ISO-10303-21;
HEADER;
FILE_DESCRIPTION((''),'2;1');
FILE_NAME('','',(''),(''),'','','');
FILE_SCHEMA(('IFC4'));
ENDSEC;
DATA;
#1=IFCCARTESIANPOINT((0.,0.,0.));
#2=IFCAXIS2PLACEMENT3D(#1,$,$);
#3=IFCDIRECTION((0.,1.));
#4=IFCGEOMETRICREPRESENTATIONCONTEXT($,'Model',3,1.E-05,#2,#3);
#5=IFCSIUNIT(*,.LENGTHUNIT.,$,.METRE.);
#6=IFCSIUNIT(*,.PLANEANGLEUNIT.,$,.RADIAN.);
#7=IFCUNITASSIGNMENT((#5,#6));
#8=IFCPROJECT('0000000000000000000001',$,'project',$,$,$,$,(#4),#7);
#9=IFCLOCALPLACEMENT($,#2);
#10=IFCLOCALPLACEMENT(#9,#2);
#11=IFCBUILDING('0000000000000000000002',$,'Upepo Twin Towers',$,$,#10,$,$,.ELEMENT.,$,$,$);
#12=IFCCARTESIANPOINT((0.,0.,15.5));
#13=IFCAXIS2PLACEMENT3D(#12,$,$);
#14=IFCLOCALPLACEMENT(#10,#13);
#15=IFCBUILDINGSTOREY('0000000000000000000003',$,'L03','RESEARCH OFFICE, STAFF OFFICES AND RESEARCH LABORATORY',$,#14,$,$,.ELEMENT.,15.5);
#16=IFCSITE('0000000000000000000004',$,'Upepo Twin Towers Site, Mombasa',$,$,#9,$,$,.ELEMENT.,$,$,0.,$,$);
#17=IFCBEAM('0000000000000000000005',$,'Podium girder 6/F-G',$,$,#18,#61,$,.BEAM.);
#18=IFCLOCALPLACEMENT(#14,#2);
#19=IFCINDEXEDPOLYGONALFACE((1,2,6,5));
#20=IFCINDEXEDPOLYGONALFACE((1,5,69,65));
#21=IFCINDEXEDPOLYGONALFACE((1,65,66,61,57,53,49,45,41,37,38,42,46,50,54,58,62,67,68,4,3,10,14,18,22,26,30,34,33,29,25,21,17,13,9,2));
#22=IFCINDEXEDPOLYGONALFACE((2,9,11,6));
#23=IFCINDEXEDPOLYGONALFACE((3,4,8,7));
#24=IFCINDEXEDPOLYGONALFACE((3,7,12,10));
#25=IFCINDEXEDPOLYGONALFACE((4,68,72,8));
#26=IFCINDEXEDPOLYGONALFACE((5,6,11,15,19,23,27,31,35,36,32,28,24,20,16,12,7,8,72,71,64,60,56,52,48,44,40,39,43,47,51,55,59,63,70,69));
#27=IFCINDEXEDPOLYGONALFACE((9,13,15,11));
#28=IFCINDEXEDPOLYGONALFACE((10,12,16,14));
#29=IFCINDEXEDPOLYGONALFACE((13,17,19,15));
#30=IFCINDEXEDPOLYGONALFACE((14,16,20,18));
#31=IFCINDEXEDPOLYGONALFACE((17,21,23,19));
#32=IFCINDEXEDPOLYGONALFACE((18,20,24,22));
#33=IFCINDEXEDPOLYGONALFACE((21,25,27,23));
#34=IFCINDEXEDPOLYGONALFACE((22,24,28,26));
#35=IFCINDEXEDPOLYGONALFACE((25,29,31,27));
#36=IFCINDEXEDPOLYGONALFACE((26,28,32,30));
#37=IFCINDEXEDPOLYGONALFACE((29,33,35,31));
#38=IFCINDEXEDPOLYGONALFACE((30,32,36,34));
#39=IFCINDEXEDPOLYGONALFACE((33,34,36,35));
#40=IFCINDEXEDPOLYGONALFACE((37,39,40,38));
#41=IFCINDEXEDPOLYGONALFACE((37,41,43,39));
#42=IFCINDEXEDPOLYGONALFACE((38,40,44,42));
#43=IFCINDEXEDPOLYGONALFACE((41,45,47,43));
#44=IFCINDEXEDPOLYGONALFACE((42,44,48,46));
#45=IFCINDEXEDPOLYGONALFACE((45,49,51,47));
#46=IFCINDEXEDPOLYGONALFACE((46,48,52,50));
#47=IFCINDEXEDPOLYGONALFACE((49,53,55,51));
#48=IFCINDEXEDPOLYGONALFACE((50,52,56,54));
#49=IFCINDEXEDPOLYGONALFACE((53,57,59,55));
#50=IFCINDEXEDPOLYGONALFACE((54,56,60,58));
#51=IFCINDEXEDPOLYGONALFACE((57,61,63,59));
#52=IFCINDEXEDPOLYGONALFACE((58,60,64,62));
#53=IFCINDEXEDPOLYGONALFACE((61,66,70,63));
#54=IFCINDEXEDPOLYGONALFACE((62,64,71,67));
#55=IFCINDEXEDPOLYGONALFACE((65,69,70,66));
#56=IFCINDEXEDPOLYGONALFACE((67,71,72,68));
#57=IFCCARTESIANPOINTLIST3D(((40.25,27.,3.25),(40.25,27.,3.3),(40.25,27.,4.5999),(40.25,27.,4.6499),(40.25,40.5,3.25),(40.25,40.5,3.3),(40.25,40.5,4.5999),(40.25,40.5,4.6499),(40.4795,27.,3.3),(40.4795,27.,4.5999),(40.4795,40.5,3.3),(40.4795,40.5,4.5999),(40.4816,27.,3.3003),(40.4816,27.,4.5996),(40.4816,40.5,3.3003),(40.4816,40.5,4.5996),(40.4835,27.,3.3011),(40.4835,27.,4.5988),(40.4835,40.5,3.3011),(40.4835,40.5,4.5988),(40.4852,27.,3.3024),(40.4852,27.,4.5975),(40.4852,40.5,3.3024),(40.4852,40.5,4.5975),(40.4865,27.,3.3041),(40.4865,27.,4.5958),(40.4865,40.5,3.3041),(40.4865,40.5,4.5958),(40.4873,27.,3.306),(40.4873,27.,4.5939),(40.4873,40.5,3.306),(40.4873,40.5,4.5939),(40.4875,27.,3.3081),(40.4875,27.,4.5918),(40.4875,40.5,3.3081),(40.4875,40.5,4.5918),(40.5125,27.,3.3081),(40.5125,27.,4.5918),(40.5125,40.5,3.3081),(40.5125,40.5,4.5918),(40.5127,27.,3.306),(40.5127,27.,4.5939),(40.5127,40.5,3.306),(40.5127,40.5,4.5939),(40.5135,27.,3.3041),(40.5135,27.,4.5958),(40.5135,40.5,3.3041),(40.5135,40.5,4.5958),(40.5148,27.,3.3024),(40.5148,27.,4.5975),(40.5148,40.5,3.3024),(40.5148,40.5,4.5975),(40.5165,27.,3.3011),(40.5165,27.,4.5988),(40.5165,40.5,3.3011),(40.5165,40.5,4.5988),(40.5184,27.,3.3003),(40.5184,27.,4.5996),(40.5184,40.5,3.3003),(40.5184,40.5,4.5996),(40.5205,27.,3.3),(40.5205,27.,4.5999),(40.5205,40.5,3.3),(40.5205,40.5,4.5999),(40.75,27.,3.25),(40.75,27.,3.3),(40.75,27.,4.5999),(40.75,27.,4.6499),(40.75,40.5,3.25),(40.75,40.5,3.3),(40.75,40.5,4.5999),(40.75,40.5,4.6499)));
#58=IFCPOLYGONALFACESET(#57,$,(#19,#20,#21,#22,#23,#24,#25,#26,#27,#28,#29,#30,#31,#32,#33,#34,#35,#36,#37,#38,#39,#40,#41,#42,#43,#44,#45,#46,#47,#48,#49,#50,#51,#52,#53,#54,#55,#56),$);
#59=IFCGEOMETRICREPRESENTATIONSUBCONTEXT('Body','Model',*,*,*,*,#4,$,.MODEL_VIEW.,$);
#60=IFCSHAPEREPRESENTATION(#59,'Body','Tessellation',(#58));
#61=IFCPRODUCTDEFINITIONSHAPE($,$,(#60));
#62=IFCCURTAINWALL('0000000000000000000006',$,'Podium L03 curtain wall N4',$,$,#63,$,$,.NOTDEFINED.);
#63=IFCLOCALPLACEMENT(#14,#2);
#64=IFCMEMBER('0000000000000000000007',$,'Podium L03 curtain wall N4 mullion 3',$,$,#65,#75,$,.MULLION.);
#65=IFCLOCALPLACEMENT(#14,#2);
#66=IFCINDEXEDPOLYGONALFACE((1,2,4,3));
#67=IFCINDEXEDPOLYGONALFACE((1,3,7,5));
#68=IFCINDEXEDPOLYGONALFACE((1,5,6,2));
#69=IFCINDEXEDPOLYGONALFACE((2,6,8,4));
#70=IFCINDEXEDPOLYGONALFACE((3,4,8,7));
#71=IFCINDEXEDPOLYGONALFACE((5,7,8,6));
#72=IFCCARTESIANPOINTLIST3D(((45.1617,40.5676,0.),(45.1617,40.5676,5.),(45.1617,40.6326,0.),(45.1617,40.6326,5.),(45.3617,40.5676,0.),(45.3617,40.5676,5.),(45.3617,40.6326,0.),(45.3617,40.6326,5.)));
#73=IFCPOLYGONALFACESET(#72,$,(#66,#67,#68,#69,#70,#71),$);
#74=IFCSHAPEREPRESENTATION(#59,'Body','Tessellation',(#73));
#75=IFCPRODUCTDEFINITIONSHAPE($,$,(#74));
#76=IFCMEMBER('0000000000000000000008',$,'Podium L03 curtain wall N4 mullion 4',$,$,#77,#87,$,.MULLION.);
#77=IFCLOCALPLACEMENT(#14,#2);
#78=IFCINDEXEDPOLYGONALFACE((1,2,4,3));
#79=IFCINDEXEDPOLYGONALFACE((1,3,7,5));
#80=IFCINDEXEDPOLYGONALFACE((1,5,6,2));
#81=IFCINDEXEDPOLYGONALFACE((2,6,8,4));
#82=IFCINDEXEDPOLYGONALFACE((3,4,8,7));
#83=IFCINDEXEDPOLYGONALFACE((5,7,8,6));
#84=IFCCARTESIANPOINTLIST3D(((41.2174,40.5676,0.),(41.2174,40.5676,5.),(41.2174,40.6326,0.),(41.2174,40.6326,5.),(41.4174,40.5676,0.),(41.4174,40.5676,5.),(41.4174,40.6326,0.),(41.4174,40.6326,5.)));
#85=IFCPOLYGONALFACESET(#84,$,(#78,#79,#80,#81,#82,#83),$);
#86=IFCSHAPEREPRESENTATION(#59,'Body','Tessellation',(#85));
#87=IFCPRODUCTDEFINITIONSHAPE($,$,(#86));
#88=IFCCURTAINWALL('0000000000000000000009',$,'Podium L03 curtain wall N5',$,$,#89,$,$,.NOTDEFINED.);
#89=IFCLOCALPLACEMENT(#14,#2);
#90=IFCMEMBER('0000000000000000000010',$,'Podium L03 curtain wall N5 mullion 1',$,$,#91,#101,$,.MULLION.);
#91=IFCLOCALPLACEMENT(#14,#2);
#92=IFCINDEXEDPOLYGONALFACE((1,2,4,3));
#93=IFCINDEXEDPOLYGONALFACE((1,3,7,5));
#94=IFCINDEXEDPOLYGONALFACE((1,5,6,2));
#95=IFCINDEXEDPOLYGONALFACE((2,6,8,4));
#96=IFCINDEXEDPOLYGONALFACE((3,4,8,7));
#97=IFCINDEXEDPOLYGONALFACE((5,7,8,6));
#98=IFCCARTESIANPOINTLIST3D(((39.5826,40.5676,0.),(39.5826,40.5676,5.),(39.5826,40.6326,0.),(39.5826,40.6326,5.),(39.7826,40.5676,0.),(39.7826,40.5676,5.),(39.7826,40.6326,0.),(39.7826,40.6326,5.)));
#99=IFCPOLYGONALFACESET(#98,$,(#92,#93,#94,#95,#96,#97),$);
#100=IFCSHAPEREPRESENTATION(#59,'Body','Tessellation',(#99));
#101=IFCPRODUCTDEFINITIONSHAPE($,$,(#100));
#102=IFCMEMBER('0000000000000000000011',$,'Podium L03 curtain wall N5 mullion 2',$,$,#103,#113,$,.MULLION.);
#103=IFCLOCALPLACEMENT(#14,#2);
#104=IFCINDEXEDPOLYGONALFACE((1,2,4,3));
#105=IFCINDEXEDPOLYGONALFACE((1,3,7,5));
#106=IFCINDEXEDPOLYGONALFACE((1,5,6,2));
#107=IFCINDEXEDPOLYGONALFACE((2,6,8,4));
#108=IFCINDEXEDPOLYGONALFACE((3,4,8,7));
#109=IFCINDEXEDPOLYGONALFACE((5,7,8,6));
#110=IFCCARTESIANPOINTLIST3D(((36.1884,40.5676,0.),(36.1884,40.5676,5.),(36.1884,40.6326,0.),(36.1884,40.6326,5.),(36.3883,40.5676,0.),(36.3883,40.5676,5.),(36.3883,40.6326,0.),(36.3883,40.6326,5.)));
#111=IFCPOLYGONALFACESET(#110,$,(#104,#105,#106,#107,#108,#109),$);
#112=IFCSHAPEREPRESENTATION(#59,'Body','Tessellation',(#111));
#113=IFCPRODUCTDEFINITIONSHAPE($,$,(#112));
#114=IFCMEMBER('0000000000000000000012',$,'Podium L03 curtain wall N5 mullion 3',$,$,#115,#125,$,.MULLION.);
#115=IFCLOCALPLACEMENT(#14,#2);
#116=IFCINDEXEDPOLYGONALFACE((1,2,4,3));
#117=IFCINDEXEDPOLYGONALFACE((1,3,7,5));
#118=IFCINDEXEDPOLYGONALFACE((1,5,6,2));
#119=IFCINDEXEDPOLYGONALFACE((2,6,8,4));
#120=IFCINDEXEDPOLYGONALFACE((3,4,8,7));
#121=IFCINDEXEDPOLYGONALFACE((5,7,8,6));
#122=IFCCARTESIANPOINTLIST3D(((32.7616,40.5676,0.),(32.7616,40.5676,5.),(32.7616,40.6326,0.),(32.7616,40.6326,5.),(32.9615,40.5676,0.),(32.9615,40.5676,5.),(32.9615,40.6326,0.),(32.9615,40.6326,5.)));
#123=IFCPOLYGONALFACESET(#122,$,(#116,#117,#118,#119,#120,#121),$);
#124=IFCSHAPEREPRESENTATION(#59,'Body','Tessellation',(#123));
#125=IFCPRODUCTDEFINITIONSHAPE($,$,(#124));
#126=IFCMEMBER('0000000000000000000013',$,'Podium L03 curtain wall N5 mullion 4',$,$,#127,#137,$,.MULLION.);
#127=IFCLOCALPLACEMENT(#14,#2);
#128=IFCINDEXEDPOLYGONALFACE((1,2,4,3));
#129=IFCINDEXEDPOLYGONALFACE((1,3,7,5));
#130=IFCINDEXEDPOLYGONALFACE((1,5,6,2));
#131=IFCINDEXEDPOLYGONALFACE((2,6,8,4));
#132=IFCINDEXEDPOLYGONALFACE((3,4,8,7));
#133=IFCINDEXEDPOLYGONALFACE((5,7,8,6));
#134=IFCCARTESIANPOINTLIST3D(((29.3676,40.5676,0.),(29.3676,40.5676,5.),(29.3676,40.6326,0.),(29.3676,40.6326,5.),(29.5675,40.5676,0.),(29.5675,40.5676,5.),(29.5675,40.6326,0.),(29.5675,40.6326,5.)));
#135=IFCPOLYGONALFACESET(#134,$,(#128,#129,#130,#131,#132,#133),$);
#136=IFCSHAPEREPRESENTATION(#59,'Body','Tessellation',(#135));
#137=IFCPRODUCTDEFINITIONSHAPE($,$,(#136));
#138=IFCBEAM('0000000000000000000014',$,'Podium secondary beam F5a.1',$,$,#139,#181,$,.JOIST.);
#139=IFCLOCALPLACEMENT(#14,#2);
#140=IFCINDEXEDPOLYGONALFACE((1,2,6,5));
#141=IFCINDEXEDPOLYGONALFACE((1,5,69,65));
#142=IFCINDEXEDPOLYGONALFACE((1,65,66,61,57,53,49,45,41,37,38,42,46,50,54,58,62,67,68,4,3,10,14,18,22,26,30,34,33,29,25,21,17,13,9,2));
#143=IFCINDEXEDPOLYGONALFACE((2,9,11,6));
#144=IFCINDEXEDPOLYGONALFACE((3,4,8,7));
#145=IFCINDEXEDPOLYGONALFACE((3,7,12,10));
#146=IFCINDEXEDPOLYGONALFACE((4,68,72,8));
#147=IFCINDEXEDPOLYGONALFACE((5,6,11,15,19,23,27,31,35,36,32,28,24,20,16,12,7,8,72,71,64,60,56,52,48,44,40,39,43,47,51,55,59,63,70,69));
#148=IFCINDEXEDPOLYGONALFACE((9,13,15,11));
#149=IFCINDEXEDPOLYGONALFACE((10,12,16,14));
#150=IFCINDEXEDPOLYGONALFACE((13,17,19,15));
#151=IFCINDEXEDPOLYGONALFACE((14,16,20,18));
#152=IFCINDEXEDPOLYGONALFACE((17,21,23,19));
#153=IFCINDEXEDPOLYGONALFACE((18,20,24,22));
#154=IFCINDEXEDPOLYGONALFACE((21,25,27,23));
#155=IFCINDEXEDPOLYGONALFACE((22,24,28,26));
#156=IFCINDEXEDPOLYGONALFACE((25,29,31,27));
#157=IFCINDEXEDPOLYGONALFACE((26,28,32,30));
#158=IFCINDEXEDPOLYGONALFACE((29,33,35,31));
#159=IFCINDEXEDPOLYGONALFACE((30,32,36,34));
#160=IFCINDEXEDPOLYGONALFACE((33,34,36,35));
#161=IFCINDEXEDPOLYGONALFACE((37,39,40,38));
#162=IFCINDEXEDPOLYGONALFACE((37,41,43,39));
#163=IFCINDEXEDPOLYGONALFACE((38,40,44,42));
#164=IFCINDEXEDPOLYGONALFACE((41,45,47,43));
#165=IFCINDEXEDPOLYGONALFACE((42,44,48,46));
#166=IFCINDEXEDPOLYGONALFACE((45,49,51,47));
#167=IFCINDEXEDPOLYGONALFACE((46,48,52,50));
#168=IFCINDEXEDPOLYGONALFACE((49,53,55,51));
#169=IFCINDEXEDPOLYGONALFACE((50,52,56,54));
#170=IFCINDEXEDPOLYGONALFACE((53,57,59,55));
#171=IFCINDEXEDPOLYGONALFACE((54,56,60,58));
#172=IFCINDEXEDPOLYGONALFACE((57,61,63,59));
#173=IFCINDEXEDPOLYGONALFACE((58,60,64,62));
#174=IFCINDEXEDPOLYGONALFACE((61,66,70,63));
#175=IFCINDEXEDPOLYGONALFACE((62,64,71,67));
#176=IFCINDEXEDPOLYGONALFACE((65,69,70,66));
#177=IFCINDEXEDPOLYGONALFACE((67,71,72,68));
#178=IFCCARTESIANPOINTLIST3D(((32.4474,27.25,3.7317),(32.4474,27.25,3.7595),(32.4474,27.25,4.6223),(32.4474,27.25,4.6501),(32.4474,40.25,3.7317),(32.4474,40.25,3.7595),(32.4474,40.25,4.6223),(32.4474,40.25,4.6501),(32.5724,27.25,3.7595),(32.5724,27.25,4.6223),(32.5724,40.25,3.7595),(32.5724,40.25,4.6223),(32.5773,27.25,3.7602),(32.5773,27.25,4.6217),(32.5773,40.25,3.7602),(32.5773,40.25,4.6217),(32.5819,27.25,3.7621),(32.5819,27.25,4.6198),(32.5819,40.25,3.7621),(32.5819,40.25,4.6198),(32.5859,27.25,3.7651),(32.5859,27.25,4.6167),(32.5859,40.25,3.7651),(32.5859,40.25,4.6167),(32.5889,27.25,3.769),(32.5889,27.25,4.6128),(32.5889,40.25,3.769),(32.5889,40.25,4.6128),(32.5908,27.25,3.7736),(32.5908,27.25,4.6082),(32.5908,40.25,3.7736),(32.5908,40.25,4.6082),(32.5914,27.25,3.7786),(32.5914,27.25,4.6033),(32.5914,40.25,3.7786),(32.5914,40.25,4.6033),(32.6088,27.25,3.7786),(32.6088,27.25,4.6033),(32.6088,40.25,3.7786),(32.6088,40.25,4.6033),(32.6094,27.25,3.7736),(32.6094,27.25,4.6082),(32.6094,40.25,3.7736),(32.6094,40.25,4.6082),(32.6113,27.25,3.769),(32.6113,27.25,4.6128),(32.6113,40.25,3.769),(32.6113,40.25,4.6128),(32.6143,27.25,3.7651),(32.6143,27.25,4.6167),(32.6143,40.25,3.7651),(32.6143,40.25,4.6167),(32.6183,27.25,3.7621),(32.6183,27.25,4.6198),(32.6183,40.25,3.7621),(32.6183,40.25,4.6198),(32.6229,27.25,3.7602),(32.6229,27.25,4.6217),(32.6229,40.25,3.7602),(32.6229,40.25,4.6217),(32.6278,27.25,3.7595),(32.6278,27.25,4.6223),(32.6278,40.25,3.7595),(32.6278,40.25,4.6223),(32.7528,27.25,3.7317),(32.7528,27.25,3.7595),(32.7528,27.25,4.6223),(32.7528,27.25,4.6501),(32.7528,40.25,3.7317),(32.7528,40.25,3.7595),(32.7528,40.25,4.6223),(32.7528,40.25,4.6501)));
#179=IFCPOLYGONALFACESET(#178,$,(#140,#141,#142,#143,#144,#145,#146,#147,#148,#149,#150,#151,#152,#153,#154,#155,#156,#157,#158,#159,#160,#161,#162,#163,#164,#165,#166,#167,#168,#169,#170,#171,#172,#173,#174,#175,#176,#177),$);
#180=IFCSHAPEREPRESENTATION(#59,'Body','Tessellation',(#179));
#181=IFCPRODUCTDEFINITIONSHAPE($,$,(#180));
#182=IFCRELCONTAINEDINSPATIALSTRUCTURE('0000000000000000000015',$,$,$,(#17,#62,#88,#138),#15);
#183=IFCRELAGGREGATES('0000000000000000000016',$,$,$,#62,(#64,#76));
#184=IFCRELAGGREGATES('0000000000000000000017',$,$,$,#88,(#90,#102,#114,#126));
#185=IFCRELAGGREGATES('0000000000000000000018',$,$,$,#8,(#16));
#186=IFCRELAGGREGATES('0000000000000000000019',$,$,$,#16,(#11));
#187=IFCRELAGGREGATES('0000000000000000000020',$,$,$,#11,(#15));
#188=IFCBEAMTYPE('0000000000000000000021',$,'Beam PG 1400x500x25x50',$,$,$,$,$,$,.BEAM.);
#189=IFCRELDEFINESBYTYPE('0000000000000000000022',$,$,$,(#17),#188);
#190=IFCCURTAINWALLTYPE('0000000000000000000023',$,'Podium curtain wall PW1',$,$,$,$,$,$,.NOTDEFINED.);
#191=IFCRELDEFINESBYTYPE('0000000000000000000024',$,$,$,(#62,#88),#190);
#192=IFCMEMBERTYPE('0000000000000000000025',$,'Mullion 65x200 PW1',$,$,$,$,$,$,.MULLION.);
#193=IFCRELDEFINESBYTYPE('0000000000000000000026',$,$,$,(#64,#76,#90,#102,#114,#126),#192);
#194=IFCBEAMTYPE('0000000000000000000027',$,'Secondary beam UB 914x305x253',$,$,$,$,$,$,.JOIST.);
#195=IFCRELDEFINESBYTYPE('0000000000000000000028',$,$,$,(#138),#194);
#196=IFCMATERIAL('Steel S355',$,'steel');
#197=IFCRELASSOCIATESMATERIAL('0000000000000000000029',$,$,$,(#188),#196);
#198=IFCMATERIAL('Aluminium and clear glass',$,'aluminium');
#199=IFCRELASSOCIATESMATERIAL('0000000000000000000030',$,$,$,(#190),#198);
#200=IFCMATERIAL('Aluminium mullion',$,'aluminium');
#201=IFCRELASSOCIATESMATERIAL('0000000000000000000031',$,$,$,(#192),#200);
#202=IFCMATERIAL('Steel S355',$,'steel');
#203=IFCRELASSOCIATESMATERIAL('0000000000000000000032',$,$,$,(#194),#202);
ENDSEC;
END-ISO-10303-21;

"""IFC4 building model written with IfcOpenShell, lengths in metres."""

from ifc_helpers import new_model, si_unit, direction, frame, origin, origin_2d, place, context, subcontext, project, spatial, rectangle, i_section, extrude, material, material_profile, profile_set, type_object, element, aggregate, save


model = new_model("IFC4")

# Units and contexts
model_context = context("Model", 3, precision=1e-05, world=origin(), true_north=direction((0.0, 1.0)))
body_context = subcontext(model_context, "Body", "Model", "MODEL_VIEW")
ifc_project = project(units=[si_unit("LENGTHUNIT", "METRE"), si_unit("PLANEANGLEUNIT", "RADIAN")], contexts=[model_context])

# Site, building, storey
site_placement = place(None, origin())
site = spatial("IfcSite", under=ifc_project, at=site_placement, Name="Upepo Twin Towers Site, Mombasa", CompositionType="ELEMENT", RefElevation=0.0)
building_placement = place(site_placement, origin())
building = spatial("IfcBuilding", under=site, at=building_placement, Name="Upepo Twin Towers", CompositionType="ELEMENT")
storey_placement = place(building_placement, frame((0.0, 0.0, 15.5)))
storey = spatial("IfcBuildingStorey", under=building, at=storey_placement, Name="L03", Description="RESEARCH OFFICE, STAFF OFFICES AND RESEARCH LABORATORY", CompositionType="ELEMENT", Elevation=15.5)

# Beam
ifc_material_1 = material(Name="Steel S355", Category="steel")
ifc_material_profile_1 = material_profile(ifc_material_1, i_section(OverallWidth=0.5, OverallDepth=1.3999, WebThickness=0.0249, FlangeThickness=0.05, FilletRadius=0.0081, at=origin_2d()), Name="PG 1400x500x25x50")
ifc_profile_set_1 = profile_set([ifc_material_profile_1], Name="Steel S355")
beam_type_1 = type_object("IfcBeamType", Name="Beam PG 1400x500x25x50", PredefinedType="BEAM", material=ifc_profile_set_1)
for number, where, z_axis, x_axis, name in (
    (1, (40.5, 27.0, 3.95), (0.0, 1.0, 0.0), (-1.0, 0.0, 0.0), "Podium girder 6/F-G"),
):
    element("IfcBeam", number, at=place(storey_placement, frame(where, z_axis=z_axis, x_axis=x_axis)), inside=storey, type_object=beam_type_1, Name=name, PredefinedType="BEAM", context=body_context, shape_type="SweptSolid", body=[
        extrude(i_section(OverallWidth=0.5, OverallDepth=1.3999, WebThickness=0.0249, FlangeThickness=0.05, FilletRadius=0.0081, at=origin_2d()), origin(), (0.0, 0.0, 1.0), 13.5),
    ])

# Curtain walls, members
ifc_material_2 = material(Name="Aluminium and clear glass", Category="aluminium")
curtain_wall_type = type_object("IfcCurtainWallType", Name="Podium curtain wall PW1", PredefinedType="NOTDEFINED", material=ifc_material_2)
curtain_wall_1_placement = place(storey_placement, origin())
curtain_wall_1 = element("IfcCurtainWall", 2, at=curtain_wall_1_placement, inside=storey, type_object=curtain_wall_type, Name="Podium L03 curtain wall N4", PredefinedType="NOTDEFINED")
ifc_material_3 = material(Name="Aluminium mullion", Category="aluminium")
ifc_material_profile_2 = material_profile(ifc_material_3, rectangle(XDim=0.0649, YDim=0.2, at=origin_2d()), Name="MULLION 65x200 PODIUM")
ifc_profile_set_2 = profile_set([ifc_material_profile_2], Name="Aluminium mullion")
member_type_1 = type_object("IfcMemberType", Name="Mullion 65x200 PW1", PredefinedType="MULLION", material=ifc_profile_set_2)
member_1_placement = place(storey_placement, frame((45.2617, 40.6001, 0.0), z_axis=(0.0, 0.0, 1.0), x_axis=(0.0, -1.0, 0.0)))
member_1 = element("IfcMember", 3, at=member_1_placement, type_object=member_type_1, Name="Podium L03 curtain wall N4 mullion 3", PredefinedType="MULLION", context=body_context, shape_type="SweptSolid", body=[
    extrude(rectangle(XDim=0.0649, YDim=0.2, at=origin_2d()), origin(), (0.0, 0.0, 1.0), 5.0),
])
member_2_placement = place(storey_placement, frame((41.3174, 40.6001, 0.0), z_axis=(0.0, 0.0, 1.0), x_axis=(0.0, -1.0, 0.0)))
member_2 = element("IfcMember", 4, at=member_2_placement, type_object=member_type_1, Name="Podium L03 curtain wall N4 mullion 4", PredefinedType="MULLION", context=body_context, shape_type="SweptSolid", body=[
    extrude(rectangle(XDim=0.0649, YDim=0.2, at=origin_2d()), origin(), (0.0, 0.0, 1.0), 5.0),
])
curtain_wall_2_placement = place(storey_placement, origin())
curtain_wall_2 = element("IfcCurtainWall", 5, at=curtain_wall_2_placement, inside=storey, type_object=curtain_wall_type, Name="Podium L03 curtain wall N5", PredefinedType="NOTDEFINED")
member_3_placement = place(storey_placement, frame((39.6826, 40.6001, 0.0), z_axis=(0.0, 0.0, 1.0), x_axis=(0.0, -1.0, 0.0)))
member_3 = element("IfcMember", 6, at=member_3_placement, type_object=member_type_1, Name="Podium L03 curtain wall N5 mullion 1", PredefinedType="MULLION", context=body_context, shape_type="SweptSolid", body=[
    extrude(rectangle(XDim=0.0649, YDim=0.2, at=origin_2d()), origin(), (0.0, 0.0, 1.0), 5.0),
])
member_4_placement = place(storey_placement, frame((36.2883, 40.6001, 0.0), z_axis=(0.0, 0.0, 1.0), x_axis=(0.0, -1.0, 0.0)))
member_4 = element("IfcMember", 7, at=member_4_placement, type_object=member_type_1, Name="Podium L03 curtain wall N5 mullion 2", PredefinedType="MULLION", context=body_context, shape_type="SweptSolid", body=[
    extrude(rectangle(XDim=0.0649, YDim=0.2, at=origin_2d()), origin(), (0.0, 0.0, 1.0), 5.0),
])
member_5_placement = place(storey_placement, frame((32.8616, 40.6001, 0.0), z_axis=(0.0, 0.0, 1.0), x_axis=(0.0, -1.0, 0.0)))
member_5 = element("IfcMember", 8, at=member_5_placement, type_object=member_type_1, Name="Podium L03 curtain wall N5 mullion 3", PredefinedType="MULLION", context=body_context, shape_type="SweptSolid", body=[
    extrude(rectangle(XDim=0.0649, YDim=0.2, at=origin_2d()), origin(), (0.0, 0.0, 1.0), 5.0),
])
member_6_placement = place(storey_placement, frame((29.4675, 40.6001, 0.0), z_axis=(0.0, 0.0, 1.0), x_axis=(0.0, -1.0, 0.0)))
member_6 = element("IfcMember", 9, at=member_6_placement, type_object=member_type_1, Name="Podium L03 curtain wall N5 mullion 4", PredefinedType="MULLION", context=body_context, shape_type="SweptSolid", body=[
    extrude(rectangle(XDim=0.0649, YDim=0.2, at=origin_2d()), origin(), (0.0, 0.0, 1.0), 5.0),
])

# Beam
ifc_material_4 = material(Name="Steel S355", Category="steel")
ifc_material_profile_3 = material_profile(ifc_material_4, i_section(OverallWidth=0.3054, OverallDepth=0.9185, WebThickness=0.0173, FlangeThickness=0.0278, FilletRadius=0.019, at=origin_2d()), Name="UB 914x305x253")
ifc_profile_set_3 = profile_set([ifc_material_profile_3], Name="Steel S355")
beam_type_2 = type_object("IfcBeamType", Name="Secondary beam UB 914x305x253", PredefinedType="JOIST", material=ifc_profile_set_3)
for number, where, z_axis, x_axis, name in (
    (10, (32.6001, 27.25, 4.1909), (0.0, 1.0, 0.0), (-1.0, 0.0, 0.0), "Podium secondary beam F5a.1"),
):
    element("IfcBeam", number, at=place(storey_placement, frame(where, z_axis=z_axis, x_axis=x_axis)), inside=storey, type_object=beam_type_2, Name=name, PredefinedType="JOIST", context=body_context, shape_type="SweptSolid", body=[
        extrude(i_section(OverallWidth=0.3054, OverallDepth=0.9185, WebThickness=0.0173, FlangeThickness=0.0278, FilletRadius=0.019, at=origin_2d()), origin(), (0.0, 0.0, 1.0), 13.0),
    ])

aggregate(curtain_wall_1, [member_1, member_2])
aggregate(curtain_wall_2, [member_3, member_4, member_5, member_6])

save(model, "model.ifc")
